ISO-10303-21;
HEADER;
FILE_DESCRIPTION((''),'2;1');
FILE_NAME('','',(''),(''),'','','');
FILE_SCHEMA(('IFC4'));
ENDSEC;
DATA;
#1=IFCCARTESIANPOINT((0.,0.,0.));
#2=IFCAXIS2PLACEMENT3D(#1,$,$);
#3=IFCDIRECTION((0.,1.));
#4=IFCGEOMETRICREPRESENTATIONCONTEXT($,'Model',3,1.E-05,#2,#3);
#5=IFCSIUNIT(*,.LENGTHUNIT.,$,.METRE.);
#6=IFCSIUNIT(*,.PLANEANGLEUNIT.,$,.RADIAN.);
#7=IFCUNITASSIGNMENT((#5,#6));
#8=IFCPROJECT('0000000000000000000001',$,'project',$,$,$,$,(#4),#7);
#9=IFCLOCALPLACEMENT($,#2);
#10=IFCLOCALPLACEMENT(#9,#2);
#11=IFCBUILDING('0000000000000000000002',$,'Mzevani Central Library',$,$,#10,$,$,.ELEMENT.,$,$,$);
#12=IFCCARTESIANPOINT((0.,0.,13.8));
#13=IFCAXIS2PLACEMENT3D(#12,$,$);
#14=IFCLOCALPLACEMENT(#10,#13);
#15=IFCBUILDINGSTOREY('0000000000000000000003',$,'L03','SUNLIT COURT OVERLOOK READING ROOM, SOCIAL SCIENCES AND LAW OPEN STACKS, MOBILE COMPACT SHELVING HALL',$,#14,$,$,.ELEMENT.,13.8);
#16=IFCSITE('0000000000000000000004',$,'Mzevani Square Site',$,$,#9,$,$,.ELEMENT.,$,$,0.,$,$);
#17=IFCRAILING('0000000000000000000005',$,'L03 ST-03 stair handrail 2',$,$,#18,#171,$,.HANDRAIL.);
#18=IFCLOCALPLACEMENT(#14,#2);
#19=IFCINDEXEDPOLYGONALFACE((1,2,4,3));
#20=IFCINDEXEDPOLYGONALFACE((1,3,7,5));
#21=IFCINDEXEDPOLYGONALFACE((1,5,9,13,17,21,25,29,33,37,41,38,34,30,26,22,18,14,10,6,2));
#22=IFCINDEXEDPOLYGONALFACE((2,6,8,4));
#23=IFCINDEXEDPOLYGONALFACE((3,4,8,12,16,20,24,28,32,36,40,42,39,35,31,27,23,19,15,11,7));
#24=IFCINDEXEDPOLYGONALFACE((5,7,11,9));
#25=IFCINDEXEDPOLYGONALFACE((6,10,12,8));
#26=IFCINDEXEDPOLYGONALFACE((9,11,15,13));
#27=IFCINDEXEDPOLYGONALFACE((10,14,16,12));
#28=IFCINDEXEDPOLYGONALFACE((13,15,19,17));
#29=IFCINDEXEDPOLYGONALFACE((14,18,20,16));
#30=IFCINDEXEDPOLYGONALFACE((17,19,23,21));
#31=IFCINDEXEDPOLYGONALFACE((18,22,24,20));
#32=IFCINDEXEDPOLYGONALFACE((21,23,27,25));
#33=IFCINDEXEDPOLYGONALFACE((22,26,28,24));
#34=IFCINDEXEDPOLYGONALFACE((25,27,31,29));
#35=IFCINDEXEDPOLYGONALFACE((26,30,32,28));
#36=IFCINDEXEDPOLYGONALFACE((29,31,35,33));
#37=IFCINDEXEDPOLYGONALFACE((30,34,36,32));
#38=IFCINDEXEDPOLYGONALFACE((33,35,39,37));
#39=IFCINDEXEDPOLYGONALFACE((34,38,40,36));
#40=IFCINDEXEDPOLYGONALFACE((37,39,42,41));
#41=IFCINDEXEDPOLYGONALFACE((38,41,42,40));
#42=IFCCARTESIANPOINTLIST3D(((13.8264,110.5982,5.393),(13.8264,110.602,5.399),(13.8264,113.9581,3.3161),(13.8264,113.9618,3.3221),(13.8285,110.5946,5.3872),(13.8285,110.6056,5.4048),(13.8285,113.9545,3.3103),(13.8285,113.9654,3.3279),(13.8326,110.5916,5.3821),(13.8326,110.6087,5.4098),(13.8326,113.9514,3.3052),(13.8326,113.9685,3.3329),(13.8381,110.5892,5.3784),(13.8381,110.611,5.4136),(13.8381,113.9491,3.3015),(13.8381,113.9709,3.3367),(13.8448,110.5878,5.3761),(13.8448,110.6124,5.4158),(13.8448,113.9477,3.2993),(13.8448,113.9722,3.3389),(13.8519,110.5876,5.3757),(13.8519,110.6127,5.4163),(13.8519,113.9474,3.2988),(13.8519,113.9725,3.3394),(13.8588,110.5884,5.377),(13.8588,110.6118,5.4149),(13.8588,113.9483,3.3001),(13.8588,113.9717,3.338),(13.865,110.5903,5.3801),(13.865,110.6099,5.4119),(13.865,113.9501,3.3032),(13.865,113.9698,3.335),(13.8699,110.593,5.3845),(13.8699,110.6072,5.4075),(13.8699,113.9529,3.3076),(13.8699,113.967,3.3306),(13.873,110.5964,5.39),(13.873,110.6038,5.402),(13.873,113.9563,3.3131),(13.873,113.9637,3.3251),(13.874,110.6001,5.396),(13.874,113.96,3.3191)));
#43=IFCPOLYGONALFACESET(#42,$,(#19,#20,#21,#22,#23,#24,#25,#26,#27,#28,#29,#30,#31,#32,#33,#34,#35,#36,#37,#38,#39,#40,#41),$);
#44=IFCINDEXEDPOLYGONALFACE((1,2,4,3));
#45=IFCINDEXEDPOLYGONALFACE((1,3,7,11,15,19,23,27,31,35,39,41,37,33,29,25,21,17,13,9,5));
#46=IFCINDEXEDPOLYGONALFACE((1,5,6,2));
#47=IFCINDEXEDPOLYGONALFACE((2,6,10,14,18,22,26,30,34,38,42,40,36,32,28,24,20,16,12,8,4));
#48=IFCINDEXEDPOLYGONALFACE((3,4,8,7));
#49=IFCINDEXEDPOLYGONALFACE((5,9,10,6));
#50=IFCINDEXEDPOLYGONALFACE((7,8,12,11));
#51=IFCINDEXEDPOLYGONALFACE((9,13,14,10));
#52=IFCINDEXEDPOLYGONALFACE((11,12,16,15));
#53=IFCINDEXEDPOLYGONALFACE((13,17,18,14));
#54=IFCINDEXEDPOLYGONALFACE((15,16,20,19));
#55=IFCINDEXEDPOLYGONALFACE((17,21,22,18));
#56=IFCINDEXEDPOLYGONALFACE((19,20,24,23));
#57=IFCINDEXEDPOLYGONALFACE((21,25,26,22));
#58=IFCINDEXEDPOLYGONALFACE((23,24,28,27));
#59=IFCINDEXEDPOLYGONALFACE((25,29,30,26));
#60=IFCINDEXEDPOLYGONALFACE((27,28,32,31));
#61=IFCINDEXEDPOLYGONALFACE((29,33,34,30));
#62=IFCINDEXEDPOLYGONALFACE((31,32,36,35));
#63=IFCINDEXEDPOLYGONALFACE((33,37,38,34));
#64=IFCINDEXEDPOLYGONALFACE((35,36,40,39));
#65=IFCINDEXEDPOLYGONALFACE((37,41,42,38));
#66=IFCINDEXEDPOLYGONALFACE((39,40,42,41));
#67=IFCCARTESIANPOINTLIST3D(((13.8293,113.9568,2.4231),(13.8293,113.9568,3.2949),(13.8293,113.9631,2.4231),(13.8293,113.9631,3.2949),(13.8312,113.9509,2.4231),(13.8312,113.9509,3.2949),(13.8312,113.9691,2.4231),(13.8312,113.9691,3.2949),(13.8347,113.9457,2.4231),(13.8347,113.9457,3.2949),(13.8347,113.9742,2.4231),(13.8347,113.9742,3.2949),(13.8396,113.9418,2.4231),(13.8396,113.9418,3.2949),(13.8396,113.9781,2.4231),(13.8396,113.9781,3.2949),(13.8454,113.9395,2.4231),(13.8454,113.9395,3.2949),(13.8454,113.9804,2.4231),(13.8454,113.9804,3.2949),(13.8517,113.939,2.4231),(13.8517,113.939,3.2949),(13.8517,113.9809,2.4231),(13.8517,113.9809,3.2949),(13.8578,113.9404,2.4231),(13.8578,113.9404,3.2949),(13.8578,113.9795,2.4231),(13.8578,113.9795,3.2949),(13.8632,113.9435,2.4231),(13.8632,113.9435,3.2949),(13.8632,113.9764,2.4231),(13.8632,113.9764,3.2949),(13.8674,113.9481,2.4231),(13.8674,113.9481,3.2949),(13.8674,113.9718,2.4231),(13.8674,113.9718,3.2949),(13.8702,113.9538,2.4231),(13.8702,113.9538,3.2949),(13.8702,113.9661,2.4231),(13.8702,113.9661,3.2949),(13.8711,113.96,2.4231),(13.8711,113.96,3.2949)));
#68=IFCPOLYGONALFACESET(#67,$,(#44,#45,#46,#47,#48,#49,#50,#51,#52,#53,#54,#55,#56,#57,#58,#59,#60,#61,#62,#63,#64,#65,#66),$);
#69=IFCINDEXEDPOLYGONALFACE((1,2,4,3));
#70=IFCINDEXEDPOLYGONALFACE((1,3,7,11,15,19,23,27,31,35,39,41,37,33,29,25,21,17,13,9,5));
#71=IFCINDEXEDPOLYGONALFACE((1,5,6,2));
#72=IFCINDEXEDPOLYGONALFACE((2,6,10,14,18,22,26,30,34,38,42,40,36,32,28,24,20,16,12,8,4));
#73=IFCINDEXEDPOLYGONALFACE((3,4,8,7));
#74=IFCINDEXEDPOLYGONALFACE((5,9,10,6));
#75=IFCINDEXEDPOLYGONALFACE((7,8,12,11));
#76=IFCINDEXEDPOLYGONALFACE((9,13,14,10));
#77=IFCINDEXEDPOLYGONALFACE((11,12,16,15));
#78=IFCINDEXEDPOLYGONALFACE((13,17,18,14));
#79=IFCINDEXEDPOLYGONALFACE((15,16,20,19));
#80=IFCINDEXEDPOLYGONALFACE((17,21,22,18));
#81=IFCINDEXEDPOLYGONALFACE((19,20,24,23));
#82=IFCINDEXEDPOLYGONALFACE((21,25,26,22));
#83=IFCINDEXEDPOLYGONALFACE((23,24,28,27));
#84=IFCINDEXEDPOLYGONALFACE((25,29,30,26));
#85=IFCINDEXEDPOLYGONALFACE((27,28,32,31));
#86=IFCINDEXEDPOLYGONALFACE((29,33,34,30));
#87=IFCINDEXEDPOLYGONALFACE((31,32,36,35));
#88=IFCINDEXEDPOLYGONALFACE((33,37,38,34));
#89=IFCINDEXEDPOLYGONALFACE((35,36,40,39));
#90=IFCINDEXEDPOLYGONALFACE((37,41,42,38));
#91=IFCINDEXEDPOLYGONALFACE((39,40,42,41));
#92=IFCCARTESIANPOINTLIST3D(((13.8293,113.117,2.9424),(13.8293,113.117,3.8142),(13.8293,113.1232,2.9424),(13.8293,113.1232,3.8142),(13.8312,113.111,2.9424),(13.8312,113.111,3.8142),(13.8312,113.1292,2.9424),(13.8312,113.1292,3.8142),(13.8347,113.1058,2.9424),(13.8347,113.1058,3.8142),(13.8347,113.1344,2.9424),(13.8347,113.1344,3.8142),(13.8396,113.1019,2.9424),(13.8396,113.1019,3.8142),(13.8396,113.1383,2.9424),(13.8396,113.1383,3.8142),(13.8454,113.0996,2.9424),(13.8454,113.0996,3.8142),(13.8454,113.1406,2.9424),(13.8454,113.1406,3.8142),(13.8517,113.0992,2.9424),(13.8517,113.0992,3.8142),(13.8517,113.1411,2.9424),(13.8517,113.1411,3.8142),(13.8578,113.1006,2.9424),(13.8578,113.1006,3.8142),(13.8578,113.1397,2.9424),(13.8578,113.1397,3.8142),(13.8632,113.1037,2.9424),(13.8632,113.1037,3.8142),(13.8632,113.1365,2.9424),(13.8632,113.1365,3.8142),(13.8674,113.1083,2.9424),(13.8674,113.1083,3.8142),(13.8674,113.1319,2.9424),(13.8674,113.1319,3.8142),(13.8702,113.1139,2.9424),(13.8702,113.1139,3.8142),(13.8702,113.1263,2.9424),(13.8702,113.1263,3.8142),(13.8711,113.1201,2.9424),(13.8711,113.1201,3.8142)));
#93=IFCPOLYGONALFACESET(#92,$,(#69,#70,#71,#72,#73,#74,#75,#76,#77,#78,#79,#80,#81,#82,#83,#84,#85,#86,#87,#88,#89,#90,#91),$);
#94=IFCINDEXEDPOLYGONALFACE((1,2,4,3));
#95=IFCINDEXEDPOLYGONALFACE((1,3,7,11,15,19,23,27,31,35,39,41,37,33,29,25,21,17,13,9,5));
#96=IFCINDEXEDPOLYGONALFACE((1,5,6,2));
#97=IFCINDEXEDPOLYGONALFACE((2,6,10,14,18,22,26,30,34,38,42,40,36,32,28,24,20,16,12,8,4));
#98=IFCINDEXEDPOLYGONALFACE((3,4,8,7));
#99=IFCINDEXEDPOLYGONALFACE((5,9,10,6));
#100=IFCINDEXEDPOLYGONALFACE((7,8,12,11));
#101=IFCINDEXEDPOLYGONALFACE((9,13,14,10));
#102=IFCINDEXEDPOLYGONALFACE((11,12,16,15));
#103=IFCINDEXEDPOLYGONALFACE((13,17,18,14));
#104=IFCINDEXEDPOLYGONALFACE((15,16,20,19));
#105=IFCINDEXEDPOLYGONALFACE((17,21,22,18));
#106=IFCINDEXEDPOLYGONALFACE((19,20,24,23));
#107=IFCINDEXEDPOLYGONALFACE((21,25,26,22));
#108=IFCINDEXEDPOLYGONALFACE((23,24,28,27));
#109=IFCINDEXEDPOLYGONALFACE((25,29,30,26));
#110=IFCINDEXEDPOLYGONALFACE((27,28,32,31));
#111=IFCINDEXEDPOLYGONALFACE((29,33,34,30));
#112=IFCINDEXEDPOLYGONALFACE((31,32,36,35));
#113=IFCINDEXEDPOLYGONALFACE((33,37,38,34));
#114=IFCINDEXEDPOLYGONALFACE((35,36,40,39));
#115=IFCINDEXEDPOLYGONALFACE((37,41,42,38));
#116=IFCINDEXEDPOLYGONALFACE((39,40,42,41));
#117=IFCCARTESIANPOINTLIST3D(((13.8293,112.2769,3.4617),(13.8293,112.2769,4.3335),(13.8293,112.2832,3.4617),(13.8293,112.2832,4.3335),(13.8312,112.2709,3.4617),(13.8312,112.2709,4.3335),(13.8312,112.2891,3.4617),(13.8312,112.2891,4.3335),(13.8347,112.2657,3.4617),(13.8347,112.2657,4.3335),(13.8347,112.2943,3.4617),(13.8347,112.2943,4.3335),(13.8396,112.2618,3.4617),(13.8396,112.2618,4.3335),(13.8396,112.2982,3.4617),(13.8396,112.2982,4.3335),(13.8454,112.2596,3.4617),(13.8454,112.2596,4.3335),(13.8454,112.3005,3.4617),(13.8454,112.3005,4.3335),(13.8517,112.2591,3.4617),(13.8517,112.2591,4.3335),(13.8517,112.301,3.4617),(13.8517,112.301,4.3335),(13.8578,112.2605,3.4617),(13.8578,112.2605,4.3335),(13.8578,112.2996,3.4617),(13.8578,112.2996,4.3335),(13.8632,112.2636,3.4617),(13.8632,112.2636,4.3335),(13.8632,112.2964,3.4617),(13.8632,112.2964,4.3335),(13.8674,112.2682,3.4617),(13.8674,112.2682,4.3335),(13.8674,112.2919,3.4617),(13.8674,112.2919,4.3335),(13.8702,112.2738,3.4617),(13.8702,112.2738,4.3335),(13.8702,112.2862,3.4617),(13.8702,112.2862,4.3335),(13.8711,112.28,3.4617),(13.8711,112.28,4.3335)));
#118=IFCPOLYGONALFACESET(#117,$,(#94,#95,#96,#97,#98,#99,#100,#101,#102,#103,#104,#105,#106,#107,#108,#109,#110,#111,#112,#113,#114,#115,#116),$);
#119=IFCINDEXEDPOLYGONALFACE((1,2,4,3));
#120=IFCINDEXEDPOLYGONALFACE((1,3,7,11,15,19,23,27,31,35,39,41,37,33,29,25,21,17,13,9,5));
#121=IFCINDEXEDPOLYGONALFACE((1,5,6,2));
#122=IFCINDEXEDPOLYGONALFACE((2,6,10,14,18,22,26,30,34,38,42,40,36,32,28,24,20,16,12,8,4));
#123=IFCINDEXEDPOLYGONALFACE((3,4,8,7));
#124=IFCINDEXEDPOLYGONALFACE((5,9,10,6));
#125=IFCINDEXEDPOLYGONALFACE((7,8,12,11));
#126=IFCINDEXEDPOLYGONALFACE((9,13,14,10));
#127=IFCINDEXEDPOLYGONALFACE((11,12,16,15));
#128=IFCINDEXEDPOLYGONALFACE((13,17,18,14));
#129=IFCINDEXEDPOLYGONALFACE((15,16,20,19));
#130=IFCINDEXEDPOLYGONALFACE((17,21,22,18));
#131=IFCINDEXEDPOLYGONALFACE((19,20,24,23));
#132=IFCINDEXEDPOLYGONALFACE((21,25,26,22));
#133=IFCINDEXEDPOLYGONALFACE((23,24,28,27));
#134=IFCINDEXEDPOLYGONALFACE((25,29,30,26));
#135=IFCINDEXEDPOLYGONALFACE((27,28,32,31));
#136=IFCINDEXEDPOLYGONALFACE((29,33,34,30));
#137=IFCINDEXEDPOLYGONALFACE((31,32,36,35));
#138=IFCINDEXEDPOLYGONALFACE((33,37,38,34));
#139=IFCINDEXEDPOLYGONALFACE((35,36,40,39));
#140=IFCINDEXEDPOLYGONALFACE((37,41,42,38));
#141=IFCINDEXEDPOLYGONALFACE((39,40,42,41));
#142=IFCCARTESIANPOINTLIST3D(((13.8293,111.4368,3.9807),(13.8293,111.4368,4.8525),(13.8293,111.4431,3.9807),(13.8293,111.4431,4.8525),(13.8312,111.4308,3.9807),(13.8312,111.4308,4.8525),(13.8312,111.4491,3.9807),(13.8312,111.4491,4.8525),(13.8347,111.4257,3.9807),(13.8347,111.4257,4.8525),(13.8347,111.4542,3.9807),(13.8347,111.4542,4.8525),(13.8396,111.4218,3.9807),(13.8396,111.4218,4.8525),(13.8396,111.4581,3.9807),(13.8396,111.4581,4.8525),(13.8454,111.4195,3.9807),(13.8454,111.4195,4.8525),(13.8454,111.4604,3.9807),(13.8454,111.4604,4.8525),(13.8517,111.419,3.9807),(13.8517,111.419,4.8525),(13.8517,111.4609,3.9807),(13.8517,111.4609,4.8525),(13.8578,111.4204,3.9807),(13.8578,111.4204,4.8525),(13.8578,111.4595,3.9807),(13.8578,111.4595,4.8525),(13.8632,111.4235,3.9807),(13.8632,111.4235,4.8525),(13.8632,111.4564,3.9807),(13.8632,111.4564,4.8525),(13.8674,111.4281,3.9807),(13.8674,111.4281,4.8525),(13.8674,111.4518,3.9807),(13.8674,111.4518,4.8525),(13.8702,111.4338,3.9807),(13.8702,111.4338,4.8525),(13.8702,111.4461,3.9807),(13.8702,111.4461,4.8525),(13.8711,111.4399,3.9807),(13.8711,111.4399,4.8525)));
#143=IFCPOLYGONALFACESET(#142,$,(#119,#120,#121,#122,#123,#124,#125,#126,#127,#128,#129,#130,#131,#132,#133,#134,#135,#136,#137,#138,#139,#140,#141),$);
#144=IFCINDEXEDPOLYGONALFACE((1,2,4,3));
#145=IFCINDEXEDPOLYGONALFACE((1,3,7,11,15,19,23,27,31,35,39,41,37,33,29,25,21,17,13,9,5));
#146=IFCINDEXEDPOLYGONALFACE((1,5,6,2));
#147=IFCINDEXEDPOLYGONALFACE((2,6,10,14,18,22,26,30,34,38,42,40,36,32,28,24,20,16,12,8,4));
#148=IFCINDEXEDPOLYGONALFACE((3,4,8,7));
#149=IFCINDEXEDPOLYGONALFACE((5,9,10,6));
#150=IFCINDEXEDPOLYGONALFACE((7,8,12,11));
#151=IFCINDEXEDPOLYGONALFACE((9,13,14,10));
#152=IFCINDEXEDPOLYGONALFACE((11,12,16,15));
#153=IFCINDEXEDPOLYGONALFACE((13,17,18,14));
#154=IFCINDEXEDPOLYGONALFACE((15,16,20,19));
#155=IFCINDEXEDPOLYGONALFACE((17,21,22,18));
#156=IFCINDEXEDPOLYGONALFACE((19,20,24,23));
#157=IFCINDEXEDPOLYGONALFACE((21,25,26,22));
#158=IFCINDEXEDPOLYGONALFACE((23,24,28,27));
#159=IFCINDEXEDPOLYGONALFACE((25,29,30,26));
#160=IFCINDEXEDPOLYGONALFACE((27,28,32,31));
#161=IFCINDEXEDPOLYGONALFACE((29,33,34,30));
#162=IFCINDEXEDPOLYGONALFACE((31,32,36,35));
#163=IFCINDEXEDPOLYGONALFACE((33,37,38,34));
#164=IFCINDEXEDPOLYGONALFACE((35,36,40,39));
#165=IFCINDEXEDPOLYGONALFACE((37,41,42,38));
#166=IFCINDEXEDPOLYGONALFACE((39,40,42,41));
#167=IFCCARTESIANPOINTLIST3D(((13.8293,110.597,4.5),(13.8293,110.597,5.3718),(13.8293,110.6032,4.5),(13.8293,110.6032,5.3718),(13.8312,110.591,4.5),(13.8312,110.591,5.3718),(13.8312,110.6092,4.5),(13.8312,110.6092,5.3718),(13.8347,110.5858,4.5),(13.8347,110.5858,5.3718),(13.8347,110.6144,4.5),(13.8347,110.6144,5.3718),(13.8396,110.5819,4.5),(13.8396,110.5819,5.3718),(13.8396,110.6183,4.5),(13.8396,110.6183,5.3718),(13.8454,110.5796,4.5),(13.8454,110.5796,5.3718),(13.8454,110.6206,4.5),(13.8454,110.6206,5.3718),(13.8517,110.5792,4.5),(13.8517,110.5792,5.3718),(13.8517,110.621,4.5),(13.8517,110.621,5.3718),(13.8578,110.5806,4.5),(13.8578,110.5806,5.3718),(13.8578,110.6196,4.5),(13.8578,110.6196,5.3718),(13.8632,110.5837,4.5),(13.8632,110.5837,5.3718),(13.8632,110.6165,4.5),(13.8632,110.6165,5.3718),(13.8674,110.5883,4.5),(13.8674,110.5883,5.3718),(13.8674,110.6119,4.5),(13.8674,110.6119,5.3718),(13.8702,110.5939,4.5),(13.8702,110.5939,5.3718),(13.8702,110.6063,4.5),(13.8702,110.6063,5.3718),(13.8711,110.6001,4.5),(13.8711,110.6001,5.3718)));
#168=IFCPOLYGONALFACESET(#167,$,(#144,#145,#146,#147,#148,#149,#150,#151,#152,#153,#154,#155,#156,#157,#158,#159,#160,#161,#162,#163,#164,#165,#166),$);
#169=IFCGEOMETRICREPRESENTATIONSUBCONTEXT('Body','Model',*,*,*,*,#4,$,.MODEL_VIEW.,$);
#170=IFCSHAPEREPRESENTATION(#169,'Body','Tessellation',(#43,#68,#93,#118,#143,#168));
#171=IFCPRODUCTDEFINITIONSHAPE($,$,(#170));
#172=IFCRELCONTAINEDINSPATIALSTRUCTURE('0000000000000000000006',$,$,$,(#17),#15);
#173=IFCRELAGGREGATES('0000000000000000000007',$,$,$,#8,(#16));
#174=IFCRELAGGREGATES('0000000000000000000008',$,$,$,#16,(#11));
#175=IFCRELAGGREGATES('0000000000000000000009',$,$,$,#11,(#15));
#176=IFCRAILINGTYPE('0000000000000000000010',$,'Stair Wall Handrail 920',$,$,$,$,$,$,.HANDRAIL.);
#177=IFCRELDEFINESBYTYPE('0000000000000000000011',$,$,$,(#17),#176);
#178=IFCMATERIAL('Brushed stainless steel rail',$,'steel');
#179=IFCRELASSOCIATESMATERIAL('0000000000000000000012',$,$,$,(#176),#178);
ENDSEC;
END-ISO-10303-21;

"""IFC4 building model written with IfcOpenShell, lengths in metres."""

from ifc_helpers import new_model, si_unit, direction, frame, origin, origin_2d, place, context, subcontext, project, spatial, circle, extrude, material, type_object, element, save


model = new_model("IFC4")

# Units and contexts
model_context = context("Model", 3, precision=1e-05, world=origin(), true_north=direction((0.0, 1.0)))
body_context = subcontext(model_context, "Body", "Model", "MODEL_VIEW")
ifc_project = project(units=[si_unit("LENGTHUNIT", "METRE"), si_unit("PLANEANGLEUNIT", "RADIAN")], contexts=[model_context])

# Site, building, storey
site_placement = place(None, origin())
site = spatial("IfcSite", under=ifc_project, at=site_placement, Name="Mzevani Square Site", CompositionType="ELEMENT", RefElevation=0.0)
building_placement = place(site_placement, origin())
building = spatial("IfcBuilding", under=site, at=building_placement, Name="Mzevani Central Library", CompositionType="ELEMENT")
storey_placement = place(building_placement, frame((0.0, 0.0, 13.8)))
storey = spatial("IfcBuildingStorey", under=building, at=storey_placement, Name="L03", Description="SUNLIT COURT OVERLOOK READING ROOM, SOCIAL SCIENCES AND LAW OPEN STACKS, MOBILE COMPACT SHELVING HALL", CompositionType="ELEMENT", Elevation=13.8)

# Railing
ifc_material_1 = material(Name="Brushed stainless steel rail", Category="steel")
railing_type_1 = type_object("IfcRailingType", Name="Stair Wall Handrail 920", PredefinedType="HANDRAIL", material=ifc_material_1)
railing_1_placement = place(storey_placement, frame((13.8501, 113.96, 2.4231)))
element("IfcRailing", 1, at=railing_1_placement, inside=storey, type_object=railing_type_1, Name="L03 ST-03 stair handrail 2", PredefinedType="HANDRAIL", context=body_context, shape_type="SweptSolid", body=[
    extrude(circle(Radius=0.0239, at=origin_2d()), frame((0.0, 0.0, 0.896), z_axis=(0.0, -0.850606, 0.525803), x_axis=(1.0, 0.0, 0.0)), (0.0, 0.0, 1.0), 3.95),
    extrude(circle(Radius=0.021, at=origin_2d()), origin(), (0.0, 0.0, 1.0), 0.8718),
    extrude(circle(Radius=0.021, at=origin_2d()), frame((0.0, -0.8398, 0.5193)), (0.0, 0.0, 1.0), 0.8718),
    extrude(circle(Radius=0.021, at=origin_2d()), frame((0.0, -1.6799, 1.0386)), (0.0, 0.0, 1.0), 0.8718),
    extrude(circle(Radius=0.021, at=origin_2d()), frame((0.0, -2.52, 1.5576)), (0.0, 0.0, 1.0), 0.8718),
    extrude(circle(Radius=0.021, at=origin_2d()), frame((0.0, -3.3599, 2.0769)), (0.0, 0.0, 1.0), 0.8718),
])

save(model, "model.ifc")
